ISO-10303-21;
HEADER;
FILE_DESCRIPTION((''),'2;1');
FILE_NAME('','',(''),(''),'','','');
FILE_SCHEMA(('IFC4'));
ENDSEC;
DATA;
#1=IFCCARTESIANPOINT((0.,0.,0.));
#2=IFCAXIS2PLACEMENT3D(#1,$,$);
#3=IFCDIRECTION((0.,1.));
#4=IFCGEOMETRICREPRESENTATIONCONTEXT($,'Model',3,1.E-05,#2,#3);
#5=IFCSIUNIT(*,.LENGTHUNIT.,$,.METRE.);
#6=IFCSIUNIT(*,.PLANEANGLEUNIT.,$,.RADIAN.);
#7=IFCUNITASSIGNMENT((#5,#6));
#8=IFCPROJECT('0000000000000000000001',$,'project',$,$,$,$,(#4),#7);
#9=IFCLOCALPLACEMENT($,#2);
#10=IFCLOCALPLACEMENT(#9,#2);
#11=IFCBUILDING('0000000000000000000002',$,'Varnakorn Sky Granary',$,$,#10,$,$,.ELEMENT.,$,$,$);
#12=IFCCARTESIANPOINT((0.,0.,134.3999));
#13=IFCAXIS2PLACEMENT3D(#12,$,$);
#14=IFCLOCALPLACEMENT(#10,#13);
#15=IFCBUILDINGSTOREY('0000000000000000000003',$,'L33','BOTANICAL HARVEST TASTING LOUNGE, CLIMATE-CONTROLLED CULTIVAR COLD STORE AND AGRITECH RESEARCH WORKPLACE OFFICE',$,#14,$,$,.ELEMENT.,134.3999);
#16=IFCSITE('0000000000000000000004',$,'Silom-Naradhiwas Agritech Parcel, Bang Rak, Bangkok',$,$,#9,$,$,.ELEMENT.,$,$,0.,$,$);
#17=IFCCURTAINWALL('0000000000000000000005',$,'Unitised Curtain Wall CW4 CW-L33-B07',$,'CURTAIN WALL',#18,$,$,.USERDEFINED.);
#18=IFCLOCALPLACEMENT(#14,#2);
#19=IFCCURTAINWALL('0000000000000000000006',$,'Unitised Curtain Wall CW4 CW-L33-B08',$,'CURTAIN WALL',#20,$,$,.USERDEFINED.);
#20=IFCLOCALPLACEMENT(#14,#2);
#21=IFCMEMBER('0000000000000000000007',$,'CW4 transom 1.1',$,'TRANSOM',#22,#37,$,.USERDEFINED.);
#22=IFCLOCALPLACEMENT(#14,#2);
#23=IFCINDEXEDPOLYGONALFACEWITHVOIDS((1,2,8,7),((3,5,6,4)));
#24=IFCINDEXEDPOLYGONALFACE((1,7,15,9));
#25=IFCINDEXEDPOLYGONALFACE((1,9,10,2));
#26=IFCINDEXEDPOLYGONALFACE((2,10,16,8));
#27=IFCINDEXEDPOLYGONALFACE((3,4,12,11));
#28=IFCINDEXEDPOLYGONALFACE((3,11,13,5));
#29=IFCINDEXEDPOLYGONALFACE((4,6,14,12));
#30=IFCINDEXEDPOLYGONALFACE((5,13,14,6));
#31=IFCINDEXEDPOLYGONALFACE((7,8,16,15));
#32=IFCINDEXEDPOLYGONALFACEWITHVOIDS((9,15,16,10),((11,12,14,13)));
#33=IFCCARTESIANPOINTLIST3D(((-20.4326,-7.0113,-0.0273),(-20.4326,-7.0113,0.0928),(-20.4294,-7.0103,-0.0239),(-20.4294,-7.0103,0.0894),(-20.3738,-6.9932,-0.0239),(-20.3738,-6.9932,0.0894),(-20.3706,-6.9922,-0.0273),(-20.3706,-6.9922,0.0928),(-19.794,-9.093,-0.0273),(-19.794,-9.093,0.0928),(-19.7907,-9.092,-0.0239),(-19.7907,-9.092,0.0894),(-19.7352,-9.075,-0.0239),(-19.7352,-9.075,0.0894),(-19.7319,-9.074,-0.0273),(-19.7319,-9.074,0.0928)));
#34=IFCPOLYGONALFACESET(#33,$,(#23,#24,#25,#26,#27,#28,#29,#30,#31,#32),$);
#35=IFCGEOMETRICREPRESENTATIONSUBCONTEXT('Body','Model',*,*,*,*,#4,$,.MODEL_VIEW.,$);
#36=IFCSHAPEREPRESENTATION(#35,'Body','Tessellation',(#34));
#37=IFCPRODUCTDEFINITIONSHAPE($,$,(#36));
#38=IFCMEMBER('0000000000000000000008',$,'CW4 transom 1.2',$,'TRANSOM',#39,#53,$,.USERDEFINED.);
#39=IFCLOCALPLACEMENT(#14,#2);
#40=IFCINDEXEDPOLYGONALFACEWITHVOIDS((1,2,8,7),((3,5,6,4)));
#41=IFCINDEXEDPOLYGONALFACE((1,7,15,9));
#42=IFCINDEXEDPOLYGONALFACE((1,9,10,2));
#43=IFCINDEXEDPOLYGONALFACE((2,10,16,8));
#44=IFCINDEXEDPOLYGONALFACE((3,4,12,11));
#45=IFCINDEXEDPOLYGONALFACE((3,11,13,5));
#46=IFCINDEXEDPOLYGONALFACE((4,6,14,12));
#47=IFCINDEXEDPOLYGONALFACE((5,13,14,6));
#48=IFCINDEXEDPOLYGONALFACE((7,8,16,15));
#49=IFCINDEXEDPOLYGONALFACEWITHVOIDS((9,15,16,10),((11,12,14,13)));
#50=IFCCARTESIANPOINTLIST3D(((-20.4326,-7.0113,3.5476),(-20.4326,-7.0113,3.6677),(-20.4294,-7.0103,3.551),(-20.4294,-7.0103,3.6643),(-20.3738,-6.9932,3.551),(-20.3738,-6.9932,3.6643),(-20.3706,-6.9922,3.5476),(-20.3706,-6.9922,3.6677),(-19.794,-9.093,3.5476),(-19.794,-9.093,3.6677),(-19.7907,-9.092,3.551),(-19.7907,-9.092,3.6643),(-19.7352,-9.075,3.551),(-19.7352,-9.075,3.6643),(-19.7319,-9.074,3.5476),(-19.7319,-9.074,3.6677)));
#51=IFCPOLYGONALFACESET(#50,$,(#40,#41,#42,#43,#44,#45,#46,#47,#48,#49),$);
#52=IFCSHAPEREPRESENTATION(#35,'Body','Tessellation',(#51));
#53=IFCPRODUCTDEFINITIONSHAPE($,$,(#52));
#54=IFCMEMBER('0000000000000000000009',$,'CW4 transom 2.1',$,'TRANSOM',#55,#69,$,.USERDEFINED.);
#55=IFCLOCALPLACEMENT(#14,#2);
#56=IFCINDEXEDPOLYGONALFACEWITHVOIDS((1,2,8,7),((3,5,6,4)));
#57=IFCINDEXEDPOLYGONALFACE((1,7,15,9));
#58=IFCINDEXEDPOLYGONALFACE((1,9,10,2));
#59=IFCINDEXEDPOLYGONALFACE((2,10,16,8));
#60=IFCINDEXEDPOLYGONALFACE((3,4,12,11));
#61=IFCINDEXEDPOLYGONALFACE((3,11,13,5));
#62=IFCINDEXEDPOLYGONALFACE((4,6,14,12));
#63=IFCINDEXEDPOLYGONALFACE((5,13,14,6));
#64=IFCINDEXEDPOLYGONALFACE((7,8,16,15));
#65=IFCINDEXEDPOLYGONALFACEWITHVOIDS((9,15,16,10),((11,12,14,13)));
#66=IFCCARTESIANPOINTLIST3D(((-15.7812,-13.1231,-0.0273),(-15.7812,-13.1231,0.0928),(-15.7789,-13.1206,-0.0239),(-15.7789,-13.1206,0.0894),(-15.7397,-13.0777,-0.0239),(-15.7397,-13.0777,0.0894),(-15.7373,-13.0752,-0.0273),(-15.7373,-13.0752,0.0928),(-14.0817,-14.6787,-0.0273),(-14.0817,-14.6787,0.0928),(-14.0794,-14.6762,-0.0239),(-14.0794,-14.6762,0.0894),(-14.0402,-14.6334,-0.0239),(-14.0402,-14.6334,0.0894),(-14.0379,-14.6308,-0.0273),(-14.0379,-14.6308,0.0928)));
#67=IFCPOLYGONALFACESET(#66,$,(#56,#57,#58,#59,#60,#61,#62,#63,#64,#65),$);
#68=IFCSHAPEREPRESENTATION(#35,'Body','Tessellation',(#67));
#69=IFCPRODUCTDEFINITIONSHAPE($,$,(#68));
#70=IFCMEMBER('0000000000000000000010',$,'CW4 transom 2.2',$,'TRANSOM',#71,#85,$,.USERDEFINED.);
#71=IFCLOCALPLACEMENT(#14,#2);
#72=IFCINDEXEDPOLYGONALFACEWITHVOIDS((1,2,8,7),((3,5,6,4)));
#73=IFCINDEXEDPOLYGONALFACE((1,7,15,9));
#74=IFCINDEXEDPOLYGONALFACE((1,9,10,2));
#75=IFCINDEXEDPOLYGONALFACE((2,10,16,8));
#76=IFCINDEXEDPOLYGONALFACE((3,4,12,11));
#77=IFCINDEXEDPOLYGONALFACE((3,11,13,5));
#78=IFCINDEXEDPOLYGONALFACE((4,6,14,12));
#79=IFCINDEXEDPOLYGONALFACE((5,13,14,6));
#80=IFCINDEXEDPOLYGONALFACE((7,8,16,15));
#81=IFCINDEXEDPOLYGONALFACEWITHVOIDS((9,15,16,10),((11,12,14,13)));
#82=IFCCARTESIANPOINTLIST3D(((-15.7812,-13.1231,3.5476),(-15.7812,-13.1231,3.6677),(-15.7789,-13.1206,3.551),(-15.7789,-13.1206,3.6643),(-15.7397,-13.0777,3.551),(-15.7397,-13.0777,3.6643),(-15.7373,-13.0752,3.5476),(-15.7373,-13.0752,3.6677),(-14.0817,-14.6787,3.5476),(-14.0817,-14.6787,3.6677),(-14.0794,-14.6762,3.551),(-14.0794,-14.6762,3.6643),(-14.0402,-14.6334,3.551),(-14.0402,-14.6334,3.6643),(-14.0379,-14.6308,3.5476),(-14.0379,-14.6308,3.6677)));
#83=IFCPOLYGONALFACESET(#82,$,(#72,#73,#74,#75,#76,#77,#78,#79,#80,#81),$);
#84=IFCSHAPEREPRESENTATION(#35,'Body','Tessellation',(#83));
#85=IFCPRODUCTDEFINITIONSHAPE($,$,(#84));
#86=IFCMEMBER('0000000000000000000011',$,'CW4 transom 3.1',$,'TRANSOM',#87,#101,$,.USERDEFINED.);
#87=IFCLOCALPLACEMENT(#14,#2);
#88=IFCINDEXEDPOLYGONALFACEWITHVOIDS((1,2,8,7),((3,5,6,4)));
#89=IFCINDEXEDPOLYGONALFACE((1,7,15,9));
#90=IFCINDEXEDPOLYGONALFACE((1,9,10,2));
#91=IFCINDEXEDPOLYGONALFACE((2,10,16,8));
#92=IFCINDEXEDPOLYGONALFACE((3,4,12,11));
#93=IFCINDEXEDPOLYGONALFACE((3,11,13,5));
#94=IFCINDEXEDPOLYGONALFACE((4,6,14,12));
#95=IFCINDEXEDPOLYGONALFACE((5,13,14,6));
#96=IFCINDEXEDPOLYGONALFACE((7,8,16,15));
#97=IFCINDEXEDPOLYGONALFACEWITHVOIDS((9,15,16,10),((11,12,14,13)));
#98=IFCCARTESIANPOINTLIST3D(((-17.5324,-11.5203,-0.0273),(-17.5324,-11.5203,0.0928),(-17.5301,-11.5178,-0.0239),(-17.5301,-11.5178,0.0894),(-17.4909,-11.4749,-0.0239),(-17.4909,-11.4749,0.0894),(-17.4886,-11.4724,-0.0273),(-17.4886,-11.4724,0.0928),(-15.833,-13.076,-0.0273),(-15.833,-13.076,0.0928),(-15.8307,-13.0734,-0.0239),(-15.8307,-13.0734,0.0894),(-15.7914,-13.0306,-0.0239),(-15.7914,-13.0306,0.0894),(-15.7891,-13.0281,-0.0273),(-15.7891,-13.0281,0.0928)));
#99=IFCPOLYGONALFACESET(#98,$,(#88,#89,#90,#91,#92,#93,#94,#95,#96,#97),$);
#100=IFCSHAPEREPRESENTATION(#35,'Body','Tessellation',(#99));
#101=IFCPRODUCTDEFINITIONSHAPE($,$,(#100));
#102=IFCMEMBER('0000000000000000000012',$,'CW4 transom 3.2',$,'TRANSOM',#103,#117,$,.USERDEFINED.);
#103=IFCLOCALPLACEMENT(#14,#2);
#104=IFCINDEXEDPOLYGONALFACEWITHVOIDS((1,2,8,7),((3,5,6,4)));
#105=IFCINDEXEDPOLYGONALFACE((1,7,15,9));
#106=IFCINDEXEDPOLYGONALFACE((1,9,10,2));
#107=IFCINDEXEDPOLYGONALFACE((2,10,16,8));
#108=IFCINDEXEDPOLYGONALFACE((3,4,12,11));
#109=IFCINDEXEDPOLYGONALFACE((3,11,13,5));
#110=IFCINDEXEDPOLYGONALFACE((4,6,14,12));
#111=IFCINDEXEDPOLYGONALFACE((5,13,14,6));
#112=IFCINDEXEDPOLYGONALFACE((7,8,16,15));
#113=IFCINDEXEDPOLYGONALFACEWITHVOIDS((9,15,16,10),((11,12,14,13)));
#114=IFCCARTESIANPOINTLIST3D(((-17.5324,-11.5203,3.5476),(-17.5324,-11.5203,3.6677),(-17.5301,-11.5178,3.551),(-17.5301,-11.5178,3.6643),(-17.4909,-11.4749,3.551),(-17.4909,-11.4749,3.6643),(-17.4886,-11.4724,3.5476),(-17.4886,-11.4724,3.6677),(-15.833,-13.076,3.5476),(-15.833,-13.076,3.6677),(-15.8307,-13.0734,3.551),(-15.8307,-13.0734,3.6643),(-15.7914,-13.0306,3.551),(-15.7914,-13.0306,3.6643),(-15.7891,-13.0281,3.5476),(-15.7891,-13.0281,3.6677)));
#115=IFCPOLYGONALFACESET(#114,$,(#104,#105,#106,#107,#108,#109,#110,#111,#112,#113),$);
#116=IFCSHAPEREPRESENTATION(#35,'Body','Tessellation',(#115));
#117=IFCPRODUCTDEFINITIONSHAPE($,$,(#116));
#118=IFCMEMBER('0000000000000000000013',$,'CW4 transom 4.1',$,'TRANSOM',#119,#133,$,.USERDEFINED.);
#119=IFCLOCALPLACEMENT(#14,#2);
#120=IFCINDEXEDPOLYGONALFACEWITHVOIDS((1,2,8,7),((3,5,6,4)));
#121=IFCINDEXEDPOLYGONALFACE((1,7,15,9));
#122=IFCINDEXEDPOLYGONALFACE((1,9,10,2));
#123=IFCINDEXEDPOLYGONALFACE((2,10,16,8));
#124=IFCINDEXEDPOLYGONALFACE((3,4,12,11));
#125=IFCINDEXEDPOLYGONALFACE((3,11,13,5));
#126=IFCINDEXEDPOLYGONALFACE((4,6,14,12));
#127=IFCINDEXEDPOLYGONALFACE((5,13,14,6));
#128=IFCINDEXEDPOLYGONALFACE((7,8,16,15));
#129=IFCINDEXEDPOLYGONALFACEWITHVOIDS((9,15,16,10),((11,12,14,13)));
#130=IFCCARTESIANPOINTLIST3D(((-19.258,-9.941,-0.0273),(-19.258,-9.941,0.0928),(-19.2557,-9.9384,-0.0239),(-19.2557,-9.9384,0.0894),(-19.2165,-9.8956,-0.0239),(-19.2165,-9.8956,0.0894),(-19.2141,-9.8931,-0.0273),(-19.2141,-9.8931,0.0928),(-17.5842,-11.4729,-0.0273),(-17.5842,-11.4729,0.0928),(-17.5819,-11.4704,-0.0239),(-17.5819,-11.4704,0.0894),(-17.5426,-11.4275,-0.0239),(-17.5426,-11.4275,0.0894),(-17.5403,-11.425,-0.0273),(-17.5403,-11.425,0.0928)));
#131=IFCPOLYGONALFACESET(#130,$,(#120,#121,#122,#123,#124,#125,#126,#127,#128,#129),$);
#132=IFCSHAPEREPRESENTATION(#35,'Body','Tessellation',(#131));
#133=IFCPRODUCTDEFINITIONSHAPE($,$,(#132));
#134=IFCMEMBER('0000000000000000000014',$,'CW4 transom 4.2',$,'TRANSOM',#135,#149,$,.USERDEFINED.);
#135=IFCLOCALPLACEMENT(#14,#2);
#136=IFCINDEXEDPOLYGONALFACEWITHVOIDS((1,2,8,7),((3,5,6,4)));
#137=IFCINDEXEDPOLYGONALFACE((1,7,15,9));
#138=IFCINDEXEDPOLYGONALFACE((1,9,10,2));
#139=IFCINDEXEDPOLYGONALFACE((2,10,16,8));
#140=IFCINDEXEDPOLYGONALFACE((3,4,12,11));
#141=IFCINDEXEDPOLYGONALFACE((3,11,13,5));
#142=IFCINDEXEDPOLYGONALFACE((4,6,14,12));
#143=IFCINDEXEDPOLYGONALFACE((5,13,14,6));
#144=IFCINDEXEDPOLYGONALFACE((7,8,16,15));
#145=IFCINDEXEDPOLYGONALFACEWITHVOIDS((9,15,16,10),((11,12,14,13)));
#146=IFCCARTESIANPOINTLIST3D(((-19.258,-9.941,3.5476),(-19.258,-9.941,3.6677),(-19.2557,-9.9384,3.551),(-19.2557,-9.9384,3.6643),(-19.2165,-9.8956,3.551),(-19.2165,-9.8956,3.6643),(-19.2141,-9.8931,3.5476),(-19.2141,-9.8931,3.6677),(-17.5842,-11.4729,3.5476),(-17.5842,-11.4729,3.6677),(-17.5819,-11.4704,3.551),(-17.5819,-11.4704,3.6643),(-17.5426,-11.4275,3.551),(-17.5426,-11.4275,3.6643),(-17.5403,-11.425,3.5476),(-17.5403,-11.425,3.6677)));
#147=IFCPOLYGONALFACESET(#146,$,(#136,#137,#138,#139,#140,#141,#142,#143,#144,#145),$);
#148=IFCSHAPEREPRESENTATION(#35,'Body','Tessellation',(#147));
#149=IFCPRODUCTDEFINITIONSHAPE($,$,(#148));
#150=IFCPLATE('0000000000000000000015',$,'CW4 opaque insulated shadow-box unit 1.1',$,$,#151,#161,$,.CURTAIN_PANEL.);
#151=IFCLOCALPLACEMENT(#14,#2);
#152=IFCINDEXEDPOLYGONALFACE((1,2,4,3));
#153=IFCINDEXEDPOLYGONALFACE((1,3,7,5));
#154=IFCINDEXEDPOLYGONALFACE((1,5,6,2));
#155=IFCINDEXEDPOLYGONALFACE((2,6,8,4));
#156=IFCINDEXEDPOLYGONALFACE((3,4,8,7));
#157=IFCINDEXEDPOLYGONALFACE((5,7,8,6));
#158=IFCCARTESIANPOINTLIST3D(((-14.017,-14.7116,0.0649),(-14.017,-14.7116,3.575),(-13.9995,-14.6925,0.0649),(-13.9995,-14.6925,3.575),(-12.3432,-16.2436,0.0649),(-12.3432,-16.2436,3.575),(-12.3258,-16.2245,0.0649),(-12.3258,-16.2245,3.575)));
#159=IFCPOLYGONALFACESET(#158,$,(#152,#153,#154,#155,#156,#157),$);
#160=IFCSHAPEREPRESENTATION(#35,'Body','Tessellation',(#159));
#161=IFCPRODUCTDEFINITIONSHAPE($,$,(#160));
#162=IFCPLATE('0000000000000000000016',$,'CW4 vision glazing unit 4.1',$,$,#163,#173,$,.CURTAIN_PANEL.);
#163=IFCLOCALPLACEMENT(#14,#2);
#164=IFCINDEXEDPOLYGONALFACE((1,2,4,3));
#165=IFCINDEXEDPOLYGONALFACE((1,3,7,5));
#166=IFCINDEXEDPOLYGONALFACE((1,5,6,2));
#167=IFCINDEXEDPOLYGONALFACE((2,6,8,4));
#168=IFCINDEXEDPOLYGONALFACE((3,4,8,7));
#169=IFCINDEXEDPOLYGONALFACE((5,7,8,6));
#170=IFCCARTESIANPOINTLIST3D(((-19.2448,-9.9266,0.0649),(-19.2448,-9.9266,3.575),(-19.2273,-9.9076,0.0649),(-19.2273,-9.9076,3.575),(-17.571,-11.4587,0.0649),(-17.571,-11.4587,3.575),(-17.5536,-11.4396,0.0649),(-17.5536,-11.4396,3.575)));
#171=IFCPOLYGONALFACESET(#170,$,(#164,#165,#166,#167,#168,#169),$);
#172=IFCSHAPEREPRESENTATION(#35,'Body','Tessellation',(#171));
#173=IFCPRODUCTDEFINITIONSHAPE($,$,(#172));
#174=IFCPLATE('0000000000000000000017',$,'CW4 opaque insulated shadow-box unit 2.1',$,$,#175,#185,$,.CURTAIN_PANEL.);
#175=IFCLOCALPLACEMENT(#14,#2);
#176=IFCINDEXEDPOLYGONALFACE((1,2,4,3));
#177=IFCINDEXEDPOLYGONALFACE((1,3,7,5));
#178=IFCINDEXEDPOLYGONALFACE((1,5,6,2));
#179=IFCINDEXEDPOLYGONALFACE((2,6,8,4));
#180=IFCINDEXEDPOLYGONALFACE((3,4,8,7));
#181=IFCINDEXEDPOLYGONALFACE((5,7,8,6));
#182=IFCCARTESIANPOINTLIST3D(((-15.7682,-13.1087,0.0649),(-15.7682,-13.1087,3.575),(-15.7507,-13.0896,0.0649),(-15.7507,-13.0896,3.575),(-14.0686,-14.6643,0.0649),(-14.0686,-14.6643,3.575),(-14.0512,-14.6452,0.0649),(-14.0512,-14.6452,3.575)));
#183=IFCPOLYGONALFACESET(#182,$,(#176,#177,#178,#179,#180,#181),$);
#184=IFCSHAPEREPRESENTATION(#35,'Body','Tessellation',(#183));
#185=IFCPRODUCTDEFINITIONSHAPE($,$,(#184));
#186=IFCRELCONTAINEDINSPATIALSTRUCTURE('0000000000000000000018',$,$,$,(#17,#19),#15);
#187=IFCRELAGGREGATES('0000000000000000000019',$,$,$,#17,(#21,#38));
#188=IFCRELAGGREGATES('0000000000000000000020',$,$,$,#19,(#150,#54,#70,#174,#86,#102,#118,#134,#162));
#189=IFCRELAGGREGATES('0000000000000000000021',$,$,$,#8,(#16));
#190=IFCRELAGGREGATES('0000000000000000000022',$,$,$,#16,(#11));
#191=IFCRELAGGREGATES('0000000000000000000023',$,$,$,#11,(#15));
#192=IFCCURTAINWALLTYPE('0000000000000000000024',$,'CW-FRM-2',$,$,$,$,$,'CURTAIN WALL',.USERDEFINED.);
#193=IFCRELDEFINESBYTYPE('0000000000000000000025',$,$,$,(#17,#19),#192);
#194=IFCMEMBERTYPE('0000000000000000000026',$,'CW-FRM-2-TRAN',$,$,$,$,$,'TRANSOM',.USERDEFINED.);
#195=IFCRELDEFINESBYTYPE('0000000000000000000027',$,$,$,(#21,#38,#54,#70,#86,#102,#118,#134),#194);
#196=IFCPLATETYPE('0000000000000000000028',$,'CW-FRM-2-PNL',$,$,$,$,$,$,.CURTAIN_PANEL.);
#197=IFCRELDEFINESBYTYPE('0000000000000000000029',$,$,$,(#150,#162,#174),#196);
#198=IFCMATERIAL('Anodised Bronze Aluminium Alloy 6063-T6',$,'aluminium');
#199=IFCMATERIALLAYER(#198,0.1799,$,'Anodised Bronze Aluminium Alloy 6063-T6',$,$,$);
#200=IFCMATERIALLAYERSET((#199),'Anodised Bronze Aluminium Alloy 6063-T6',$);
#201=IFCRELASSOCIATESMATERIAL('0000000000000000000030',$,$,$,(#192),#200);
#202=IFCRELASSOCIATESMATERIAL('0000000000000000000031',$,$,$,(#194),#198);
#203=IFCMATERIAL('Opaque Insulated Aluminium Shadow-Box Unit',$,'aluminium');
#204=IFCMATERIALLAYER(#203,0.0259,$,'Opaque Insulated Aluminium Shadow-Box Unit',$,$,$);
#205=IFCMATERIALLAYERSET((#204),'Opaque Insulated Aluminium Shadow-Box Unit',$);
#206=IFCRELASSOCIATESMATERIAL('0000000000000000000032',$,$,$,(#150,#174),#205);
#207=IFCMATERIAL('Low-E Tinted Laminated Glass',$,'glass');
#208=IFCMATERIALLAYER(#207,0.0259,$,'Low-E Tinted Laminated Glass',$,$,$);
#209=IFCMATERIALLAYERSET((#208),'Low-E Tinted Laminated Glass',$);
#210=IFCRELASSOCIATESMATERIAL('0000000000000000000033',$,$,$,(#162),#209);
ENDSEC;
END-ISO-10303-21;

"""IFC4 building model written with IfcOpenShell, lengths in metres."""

from ifc_helpers import new_model, si_unit, direction, frame, origin, origin_2d, place, context, subcontext, project, spatial, rectangle, hollow_rectangle, extrude, source, transform, mapped, material, layer, layer_set, material_profile, profile_set, type_object, type_shapes, element, aggregate, save


model = new_model("IFC4")

# Units and contexts
model_context = context("Model", 3, precision=1e-05, world=origin(), true_north=direction((0.0, 1.0)))
body_context = subcontext(model_context, "Body", "Model", "MODEL_VIEW")
ifc_project = project(units=[si_unit("LENGTHUNIT", "METRE"), si_unit("PLANEANGLEUNIT", "RADIAN")], contexts=[model_context])

# Site, building, storey
site_placement = place(None, origin())
site = spatial("IfcSite", under=ifc_project, at=site_placement, Name="Silom-Naradhiwas Agritech Parcel, Bang Rak, Bangkok", CompositionType="ELEMENT", RefElevation=0.0)
building_placement = place(site_placement, origin())
building = spatial("IfcBuilding", under=site, at=building_placement, Name="Varnakorn Sky Granary", CompositionType="ELEMENT")
storey_placement = place(building_placement, frame((0.0, 0.0, 134.3999)))
storey = spatial("IfcBuildingStorey", under=building, at=storey_placement, Name="L33", Description="BOTANICAL HARVEST TASTING LOUNGE, CLIMATE-CONTROLLED CULTIVAR COLD STORE AND AGRITECH RESEARCH WORKPLACE OFFICE", CompositionType="ELEMENT", Elevation=134.3999)

# Curtain wall
ifc_material_1 = material(Name="Anodised Bronze Aluminium Alloy 6063-T6", Category="aluminium")
ifc_layer_1 = layer(ifc_material_1, 0.1799, Name="Anodised Bronze Aluminium Alloy 6063-T6")
ifc_layer_set_1 = layer_set([ifc_layer_1], Name="Anodised Bronze Aluminium Alloy 6063-T6")
curtain_wall_type = type_object("IfcCurtainWallType", Name="CW-FRM-2", ElementType="CURTAIN WALL", PredefinedType="USERDEFINED", material=ifc_layer_set_1)
curtain_wall_1_placement = place(storey_placement, origin())
curtain_wall_1 = element("IfcCurtainWall", 1, at=curtain_wall_1_placement, inside=storey, type_object=curtain_wall_type, Name="Unitised Curtain Wall CW4 CW-L33-B07", ObjectType="CURTAIN WALL", PredefinedType="USERDEFINED")

# Curtain wall
curtain_wall_2_placement = place(storey_placement, origin())
curtain_wall_2 = element("IfcCurtainWall", 2, at=curtain_wall_2_placement, inside=storey, type_object=curtain_wall_type, Name="Unitised Curtain Wall CW4 CW-L33-B08", ObjectType="CURTAIN WALL", PredefinedType="USERDEFINED")

# Members
ifc_material_profile_1 = material_profile(ifc_material_1, hollow_rectangle(XDim=0.0649, YDim=0.1201, WallThickness=0.0034, at=origin_2d()), Name="ALU TRAN 65x120")
ifc_profile_set_1 = profile_set([ifc_material_profile_1], Name="Anodised Bronze Aluminium Alloy 6063-T6")
member_type_1 = type_object("IfcMemberType", Name="CW-FRM-2-TRAN", ElementType="TRANSOM", PredefinedType="USERDEFINED", material=ifc_profile_set_1)
member_1_placement = place(storey_placement, frame((-19.7629, -9.0835, 0.0327), z_axis=(-0.293298, 0.956021, 0.0), x_axis=(-0.956021, -0.293298, 0.0)))
member_1 = element("IfcMember", 3, at=member_1_placement, type_object=member_type_1, Name="CW4 transom 1.1", ObjectType="TRANSOM", PredefinedType="USERDEFINED", context=body_context, shape_type="SweptSolid", body=[
    extrude(hollow_rectangle(XDim=0.0649, YDim=0.1201, WallThickness=0.0034, at=origin_2d()), origin(), (0.0, 0.0, 1.0), 2.1775),
])
member_2_placement = place(storey_placement, frame((-19.7629, -9.0835, 3.6077), z_axis=(-0.293298, 0.956021, 0.0), x_axis=(-0.956021, -0.293298, 0.0)))
member_2 = element("IfcMember", 4, at=member_2_placement, type_object=member_type_1, Name="CW4 transom 1.2", ObjectType="TRANSOM", PredefinedType="USERDEFINED", context=body_context, shape_type="SweptSolid", body=[
    extrude(hollow_rectangle(XDim=0.0649, YDim=0.1201, WallThickness=0.0034, at=origin_2d()), origin(), (0.0, 0.0, 1.0), 2.1775),
])
aggregate(curtain_wall_1, [member_1, member_2])
member_3_placement = place(storey_placement, frame((-14.0598, -14.6548, 0.0327), z_axis=(-0.737625, 0.675211, 0.0), x_axis=(-0.675211, -0.737625, 0.0)))
member_3 = element("IfcMember", 5, at=member_3_placement, type_object=member_type_1, Name="CW4 transom 2.1", ObjectType="TRANSOM", PredefinedType="USERDEFINED", context=body_context, shape_type="SweptSolid", body=[
    extrude(hollow_rectangle(XDim=0.0649, YDim=0.1201, WallThickness=0.0034, at=origin_2d()), origin(), (0.0, 0.0, 1.0), 2.304),
])
member_4_placement = place(storey_placement, frame((-14.0598, -14.6548, 3.6077), z_axis=(-0.737625, 0.675211, 0.0), x_axis=(-0.675211, -0.737625, 0.0)))
member_4 = element("IfcMember", 6, at=member_4_placement, type_object=member_type_1, Name="CW4 transom 2.2", ObjectType="TRANSOM", PredefinedType="USERDEFINED", context=body_context, shape_type="SweptSolid", body=[
    extrude(hollow_rectangle(XDim=0.0649, YDim=0.1201, WallThickness=0.0034, at=origin_2d()), origin(), (0.0, 0.0, 1.0), 2.304),
])
member_5_placement = place(storey_placement, frame((-15.811, -13.052, 0.0327), z_axis=(-0.737625, 0.675211, 0.0), x_axis=(-0.675211, -0.737625, 0.0)))
member_5 = element("IfcMember", 7, at=member_5_placement, type_object=member_type_1, Name="CW4 transom 3.1", ObjectType="TRANSOM", PredefinedType="USERDEFINED", context=body_context, shape_type="SweptSolid", body=[
    extrude(hollow_rectangle(XDim=0.0649, YDim=0.1201, WallThickness=0.0034, at=origin_2d()), origin(), (0.0, 0.0, 1.0), 2.304),
])
member_6_placement = place(storey_placement, frame((-15.811, -13.052, 3.6077), z_axis=(-0.737625, 0.675211, 0.0), x_axis=(-0.675211, -0.737625, 0.0)))
member_6 = element("IfcMember", 8, at=member_6_placement, type_object=member_type_1, Name="CW4 transom 3.2", ObjectType="TRANSOM", PredefinedType="USERDEFINED", context=body_context, shape_type="SweptSolid", body=[
    extrude(hollow_rectangle(XDim=0.0649, YDim=0.1201, WallThickness=0.0034, at=origin_2d()), origin(), (0.0, 0.0, 1.0), 2.304),
])
member_7_placement = place(storey_placement, frame((-17.5623, -11.449, 0.0327), z_axis=(-0.737672, 0.675159, 0.0), x_axis=(-0.675159, -0.737672, 0.0)))
member_7 = element("IfcMember", 9, at=member_7_placement, type_object=member_type_1, Name="CW4 transom 4.1", ObjectType="TRANSOM", PredefinedType="USERDEFINED", context=body_context, shape_type="SweptSolid", body=[
    extrude(hollow_rectangle(XDim=0.0649, YDim=0.1201, WallThickness=0.0034, at=origin_2d()), origin(), (0.0, 0.0, 1.0), 2.269),
])
member_8_placement = place(storey_placement, frame((-17.5623, -11.449, 3.6077), z_axis=(-0.737672, 0.675159, 0.0), x_axis=(-0.675159, -0.737672, 0.0)))
member_8 = element("IfcMember", 10, at=member_8_placement, type_object=member_type_1, Name="CW4 transom 4.2", ObjectType="TRANSOM", PredefinedType="USERDEFINED", context=body_context, shape_type="SweptSolid", body=[
    extrude(hollow_rectangle(XDim=0.0649, YDim=0.1201, WallThickness=0.0034, at=origin_2d()), origin(), (0.0, 0.0, 1.0), 2.269),
])

# Plates
ifc_material_2 = material(Name="Opaque Insulated Aluminium Shadow-Box Unit", Category="aluminium")
ifc_layer_2 = layer(ifc_material_2, 0.0259, Name="Opaque Insulated Aluminium Shadow-Box Unit")
ifc_layer_set_2 = layer_set([ifc_layer_2], Name="Opaque Insulated Aluminium Shadow-Box Unit")
plate_type = type_object("IfcPlateType", Name="CW-FRM-2-PNL", PredefinedType="CURTAIN_PANEL")
shared_shape_1 = source(origin(), body_context, "Body", "SweptSolid", [
    extrude(rectangle(XDim=2.269, YDim=0.0259, at=origin_2d()), origin(), (0.0, 0.0, 1.0), 3.51),
])
plate_1_placement = place(storey_placement, frame((-13.1714, -15.468, 0.0649), z_axis=(0.0, 0.0, 1.0), x_axis=(-0.737651, 0.675183, 0.0)))
plate_1 = element("IfcPlate", 11, at=plate_1_placement, type_object=plate_type, material=ifc_layer_set_2, Name="CW4 opaque insulated shadow-box unit 1.1", PredefinedType="CURTAIN_PANEL", context=body_context, shape_type="MappedRepresentation", body=[
    mapped(shared_shape_1, transform((0.0, 0.0, 0.0), x_axis=(1.0, 0.0, 0.0), y_axis=(0.0, 1.0, 0.0), z_axis=(0.0, 0.0, 1.0), scale=1.0)),
])
ifc_material_3 = material(Name="Low-E Tinted Laminated Glass", Category="glass")
ifc_layer_3 = layer(ifc_material_3, 0.0259, Name="Low-E Tinted Laminated Glass")
ifc_layer_set_3 = layer_set([ifc_layer_3], Name="Low-E Tinted Laminated Glass")
plate_2_placement = place(storey_placement, frame((-18.3992, -10.6831, 0.0649), z_axis=(0.0, 0.0, 1.0), x_axis=(-0.737651, 0.675183, 0.0)))
plate_2 = element("IfcPlate", 12, at=plate_2_placement, type_object=plate_type, material=ifc_layer_set_3, Name="CW4 vision glazing unit 4.1", PredefinedType="CURTAIN_PANEL", context=body_context, shape_type="MappedRepresentation", body=[
    mapped(shared_shape_1, transform((0.0, 0.0, 0.0), x_axis=(1.0, 0.0, 0.0), y_axis=(0.0, 1.0, 0.0), z_axis=(0.0, 0.0, 1.0), scale=1.0)),
])
shared_shape_2 = source(origin(), body_context, "Body", "SweptSolid", [
    extrude(rectangle(XDim=2.304, YDim=0.0259, at=origin_2d()), origin(), (0.0, 0.0, 1.0), 3.51),
])
type_shapes(plate_type, [shared_shape_1, shared_shape_2])
plate_3_placement = place(storey_placement, frame((-14.9097, -13.877, 0.0649), z_axis=(0.0, 0.0, 1.0), x_axis=(-0.737651, 0.675183, 0.0)))
plate_3 = element("IfcPlate", 13, at=plate_3_placement, type_object=plate_type, material=ifc_layer_set_2, Name="CW4 opaque insulated shadow-box unit 2.1", PredefinedType="CURTAIN_PANEL", context=body_context, shape_type="MappedRepresentation", body=[
    mapped(shared_shape_2, transform((0.0, 0.0, 0.0), x_axis=(1.0, 0.0, 0.0), y_axis=(0.0, 1.0, 0.0), z_axis=(0.0, 0.0, 1.0), scale=1.0)),
])
aggregate(curtain_wall_2, [plate_1, member_3, member_4, plate_3, member_5, member_6, member_7, member_8, plate_2])

save(model, "model.ifc")
